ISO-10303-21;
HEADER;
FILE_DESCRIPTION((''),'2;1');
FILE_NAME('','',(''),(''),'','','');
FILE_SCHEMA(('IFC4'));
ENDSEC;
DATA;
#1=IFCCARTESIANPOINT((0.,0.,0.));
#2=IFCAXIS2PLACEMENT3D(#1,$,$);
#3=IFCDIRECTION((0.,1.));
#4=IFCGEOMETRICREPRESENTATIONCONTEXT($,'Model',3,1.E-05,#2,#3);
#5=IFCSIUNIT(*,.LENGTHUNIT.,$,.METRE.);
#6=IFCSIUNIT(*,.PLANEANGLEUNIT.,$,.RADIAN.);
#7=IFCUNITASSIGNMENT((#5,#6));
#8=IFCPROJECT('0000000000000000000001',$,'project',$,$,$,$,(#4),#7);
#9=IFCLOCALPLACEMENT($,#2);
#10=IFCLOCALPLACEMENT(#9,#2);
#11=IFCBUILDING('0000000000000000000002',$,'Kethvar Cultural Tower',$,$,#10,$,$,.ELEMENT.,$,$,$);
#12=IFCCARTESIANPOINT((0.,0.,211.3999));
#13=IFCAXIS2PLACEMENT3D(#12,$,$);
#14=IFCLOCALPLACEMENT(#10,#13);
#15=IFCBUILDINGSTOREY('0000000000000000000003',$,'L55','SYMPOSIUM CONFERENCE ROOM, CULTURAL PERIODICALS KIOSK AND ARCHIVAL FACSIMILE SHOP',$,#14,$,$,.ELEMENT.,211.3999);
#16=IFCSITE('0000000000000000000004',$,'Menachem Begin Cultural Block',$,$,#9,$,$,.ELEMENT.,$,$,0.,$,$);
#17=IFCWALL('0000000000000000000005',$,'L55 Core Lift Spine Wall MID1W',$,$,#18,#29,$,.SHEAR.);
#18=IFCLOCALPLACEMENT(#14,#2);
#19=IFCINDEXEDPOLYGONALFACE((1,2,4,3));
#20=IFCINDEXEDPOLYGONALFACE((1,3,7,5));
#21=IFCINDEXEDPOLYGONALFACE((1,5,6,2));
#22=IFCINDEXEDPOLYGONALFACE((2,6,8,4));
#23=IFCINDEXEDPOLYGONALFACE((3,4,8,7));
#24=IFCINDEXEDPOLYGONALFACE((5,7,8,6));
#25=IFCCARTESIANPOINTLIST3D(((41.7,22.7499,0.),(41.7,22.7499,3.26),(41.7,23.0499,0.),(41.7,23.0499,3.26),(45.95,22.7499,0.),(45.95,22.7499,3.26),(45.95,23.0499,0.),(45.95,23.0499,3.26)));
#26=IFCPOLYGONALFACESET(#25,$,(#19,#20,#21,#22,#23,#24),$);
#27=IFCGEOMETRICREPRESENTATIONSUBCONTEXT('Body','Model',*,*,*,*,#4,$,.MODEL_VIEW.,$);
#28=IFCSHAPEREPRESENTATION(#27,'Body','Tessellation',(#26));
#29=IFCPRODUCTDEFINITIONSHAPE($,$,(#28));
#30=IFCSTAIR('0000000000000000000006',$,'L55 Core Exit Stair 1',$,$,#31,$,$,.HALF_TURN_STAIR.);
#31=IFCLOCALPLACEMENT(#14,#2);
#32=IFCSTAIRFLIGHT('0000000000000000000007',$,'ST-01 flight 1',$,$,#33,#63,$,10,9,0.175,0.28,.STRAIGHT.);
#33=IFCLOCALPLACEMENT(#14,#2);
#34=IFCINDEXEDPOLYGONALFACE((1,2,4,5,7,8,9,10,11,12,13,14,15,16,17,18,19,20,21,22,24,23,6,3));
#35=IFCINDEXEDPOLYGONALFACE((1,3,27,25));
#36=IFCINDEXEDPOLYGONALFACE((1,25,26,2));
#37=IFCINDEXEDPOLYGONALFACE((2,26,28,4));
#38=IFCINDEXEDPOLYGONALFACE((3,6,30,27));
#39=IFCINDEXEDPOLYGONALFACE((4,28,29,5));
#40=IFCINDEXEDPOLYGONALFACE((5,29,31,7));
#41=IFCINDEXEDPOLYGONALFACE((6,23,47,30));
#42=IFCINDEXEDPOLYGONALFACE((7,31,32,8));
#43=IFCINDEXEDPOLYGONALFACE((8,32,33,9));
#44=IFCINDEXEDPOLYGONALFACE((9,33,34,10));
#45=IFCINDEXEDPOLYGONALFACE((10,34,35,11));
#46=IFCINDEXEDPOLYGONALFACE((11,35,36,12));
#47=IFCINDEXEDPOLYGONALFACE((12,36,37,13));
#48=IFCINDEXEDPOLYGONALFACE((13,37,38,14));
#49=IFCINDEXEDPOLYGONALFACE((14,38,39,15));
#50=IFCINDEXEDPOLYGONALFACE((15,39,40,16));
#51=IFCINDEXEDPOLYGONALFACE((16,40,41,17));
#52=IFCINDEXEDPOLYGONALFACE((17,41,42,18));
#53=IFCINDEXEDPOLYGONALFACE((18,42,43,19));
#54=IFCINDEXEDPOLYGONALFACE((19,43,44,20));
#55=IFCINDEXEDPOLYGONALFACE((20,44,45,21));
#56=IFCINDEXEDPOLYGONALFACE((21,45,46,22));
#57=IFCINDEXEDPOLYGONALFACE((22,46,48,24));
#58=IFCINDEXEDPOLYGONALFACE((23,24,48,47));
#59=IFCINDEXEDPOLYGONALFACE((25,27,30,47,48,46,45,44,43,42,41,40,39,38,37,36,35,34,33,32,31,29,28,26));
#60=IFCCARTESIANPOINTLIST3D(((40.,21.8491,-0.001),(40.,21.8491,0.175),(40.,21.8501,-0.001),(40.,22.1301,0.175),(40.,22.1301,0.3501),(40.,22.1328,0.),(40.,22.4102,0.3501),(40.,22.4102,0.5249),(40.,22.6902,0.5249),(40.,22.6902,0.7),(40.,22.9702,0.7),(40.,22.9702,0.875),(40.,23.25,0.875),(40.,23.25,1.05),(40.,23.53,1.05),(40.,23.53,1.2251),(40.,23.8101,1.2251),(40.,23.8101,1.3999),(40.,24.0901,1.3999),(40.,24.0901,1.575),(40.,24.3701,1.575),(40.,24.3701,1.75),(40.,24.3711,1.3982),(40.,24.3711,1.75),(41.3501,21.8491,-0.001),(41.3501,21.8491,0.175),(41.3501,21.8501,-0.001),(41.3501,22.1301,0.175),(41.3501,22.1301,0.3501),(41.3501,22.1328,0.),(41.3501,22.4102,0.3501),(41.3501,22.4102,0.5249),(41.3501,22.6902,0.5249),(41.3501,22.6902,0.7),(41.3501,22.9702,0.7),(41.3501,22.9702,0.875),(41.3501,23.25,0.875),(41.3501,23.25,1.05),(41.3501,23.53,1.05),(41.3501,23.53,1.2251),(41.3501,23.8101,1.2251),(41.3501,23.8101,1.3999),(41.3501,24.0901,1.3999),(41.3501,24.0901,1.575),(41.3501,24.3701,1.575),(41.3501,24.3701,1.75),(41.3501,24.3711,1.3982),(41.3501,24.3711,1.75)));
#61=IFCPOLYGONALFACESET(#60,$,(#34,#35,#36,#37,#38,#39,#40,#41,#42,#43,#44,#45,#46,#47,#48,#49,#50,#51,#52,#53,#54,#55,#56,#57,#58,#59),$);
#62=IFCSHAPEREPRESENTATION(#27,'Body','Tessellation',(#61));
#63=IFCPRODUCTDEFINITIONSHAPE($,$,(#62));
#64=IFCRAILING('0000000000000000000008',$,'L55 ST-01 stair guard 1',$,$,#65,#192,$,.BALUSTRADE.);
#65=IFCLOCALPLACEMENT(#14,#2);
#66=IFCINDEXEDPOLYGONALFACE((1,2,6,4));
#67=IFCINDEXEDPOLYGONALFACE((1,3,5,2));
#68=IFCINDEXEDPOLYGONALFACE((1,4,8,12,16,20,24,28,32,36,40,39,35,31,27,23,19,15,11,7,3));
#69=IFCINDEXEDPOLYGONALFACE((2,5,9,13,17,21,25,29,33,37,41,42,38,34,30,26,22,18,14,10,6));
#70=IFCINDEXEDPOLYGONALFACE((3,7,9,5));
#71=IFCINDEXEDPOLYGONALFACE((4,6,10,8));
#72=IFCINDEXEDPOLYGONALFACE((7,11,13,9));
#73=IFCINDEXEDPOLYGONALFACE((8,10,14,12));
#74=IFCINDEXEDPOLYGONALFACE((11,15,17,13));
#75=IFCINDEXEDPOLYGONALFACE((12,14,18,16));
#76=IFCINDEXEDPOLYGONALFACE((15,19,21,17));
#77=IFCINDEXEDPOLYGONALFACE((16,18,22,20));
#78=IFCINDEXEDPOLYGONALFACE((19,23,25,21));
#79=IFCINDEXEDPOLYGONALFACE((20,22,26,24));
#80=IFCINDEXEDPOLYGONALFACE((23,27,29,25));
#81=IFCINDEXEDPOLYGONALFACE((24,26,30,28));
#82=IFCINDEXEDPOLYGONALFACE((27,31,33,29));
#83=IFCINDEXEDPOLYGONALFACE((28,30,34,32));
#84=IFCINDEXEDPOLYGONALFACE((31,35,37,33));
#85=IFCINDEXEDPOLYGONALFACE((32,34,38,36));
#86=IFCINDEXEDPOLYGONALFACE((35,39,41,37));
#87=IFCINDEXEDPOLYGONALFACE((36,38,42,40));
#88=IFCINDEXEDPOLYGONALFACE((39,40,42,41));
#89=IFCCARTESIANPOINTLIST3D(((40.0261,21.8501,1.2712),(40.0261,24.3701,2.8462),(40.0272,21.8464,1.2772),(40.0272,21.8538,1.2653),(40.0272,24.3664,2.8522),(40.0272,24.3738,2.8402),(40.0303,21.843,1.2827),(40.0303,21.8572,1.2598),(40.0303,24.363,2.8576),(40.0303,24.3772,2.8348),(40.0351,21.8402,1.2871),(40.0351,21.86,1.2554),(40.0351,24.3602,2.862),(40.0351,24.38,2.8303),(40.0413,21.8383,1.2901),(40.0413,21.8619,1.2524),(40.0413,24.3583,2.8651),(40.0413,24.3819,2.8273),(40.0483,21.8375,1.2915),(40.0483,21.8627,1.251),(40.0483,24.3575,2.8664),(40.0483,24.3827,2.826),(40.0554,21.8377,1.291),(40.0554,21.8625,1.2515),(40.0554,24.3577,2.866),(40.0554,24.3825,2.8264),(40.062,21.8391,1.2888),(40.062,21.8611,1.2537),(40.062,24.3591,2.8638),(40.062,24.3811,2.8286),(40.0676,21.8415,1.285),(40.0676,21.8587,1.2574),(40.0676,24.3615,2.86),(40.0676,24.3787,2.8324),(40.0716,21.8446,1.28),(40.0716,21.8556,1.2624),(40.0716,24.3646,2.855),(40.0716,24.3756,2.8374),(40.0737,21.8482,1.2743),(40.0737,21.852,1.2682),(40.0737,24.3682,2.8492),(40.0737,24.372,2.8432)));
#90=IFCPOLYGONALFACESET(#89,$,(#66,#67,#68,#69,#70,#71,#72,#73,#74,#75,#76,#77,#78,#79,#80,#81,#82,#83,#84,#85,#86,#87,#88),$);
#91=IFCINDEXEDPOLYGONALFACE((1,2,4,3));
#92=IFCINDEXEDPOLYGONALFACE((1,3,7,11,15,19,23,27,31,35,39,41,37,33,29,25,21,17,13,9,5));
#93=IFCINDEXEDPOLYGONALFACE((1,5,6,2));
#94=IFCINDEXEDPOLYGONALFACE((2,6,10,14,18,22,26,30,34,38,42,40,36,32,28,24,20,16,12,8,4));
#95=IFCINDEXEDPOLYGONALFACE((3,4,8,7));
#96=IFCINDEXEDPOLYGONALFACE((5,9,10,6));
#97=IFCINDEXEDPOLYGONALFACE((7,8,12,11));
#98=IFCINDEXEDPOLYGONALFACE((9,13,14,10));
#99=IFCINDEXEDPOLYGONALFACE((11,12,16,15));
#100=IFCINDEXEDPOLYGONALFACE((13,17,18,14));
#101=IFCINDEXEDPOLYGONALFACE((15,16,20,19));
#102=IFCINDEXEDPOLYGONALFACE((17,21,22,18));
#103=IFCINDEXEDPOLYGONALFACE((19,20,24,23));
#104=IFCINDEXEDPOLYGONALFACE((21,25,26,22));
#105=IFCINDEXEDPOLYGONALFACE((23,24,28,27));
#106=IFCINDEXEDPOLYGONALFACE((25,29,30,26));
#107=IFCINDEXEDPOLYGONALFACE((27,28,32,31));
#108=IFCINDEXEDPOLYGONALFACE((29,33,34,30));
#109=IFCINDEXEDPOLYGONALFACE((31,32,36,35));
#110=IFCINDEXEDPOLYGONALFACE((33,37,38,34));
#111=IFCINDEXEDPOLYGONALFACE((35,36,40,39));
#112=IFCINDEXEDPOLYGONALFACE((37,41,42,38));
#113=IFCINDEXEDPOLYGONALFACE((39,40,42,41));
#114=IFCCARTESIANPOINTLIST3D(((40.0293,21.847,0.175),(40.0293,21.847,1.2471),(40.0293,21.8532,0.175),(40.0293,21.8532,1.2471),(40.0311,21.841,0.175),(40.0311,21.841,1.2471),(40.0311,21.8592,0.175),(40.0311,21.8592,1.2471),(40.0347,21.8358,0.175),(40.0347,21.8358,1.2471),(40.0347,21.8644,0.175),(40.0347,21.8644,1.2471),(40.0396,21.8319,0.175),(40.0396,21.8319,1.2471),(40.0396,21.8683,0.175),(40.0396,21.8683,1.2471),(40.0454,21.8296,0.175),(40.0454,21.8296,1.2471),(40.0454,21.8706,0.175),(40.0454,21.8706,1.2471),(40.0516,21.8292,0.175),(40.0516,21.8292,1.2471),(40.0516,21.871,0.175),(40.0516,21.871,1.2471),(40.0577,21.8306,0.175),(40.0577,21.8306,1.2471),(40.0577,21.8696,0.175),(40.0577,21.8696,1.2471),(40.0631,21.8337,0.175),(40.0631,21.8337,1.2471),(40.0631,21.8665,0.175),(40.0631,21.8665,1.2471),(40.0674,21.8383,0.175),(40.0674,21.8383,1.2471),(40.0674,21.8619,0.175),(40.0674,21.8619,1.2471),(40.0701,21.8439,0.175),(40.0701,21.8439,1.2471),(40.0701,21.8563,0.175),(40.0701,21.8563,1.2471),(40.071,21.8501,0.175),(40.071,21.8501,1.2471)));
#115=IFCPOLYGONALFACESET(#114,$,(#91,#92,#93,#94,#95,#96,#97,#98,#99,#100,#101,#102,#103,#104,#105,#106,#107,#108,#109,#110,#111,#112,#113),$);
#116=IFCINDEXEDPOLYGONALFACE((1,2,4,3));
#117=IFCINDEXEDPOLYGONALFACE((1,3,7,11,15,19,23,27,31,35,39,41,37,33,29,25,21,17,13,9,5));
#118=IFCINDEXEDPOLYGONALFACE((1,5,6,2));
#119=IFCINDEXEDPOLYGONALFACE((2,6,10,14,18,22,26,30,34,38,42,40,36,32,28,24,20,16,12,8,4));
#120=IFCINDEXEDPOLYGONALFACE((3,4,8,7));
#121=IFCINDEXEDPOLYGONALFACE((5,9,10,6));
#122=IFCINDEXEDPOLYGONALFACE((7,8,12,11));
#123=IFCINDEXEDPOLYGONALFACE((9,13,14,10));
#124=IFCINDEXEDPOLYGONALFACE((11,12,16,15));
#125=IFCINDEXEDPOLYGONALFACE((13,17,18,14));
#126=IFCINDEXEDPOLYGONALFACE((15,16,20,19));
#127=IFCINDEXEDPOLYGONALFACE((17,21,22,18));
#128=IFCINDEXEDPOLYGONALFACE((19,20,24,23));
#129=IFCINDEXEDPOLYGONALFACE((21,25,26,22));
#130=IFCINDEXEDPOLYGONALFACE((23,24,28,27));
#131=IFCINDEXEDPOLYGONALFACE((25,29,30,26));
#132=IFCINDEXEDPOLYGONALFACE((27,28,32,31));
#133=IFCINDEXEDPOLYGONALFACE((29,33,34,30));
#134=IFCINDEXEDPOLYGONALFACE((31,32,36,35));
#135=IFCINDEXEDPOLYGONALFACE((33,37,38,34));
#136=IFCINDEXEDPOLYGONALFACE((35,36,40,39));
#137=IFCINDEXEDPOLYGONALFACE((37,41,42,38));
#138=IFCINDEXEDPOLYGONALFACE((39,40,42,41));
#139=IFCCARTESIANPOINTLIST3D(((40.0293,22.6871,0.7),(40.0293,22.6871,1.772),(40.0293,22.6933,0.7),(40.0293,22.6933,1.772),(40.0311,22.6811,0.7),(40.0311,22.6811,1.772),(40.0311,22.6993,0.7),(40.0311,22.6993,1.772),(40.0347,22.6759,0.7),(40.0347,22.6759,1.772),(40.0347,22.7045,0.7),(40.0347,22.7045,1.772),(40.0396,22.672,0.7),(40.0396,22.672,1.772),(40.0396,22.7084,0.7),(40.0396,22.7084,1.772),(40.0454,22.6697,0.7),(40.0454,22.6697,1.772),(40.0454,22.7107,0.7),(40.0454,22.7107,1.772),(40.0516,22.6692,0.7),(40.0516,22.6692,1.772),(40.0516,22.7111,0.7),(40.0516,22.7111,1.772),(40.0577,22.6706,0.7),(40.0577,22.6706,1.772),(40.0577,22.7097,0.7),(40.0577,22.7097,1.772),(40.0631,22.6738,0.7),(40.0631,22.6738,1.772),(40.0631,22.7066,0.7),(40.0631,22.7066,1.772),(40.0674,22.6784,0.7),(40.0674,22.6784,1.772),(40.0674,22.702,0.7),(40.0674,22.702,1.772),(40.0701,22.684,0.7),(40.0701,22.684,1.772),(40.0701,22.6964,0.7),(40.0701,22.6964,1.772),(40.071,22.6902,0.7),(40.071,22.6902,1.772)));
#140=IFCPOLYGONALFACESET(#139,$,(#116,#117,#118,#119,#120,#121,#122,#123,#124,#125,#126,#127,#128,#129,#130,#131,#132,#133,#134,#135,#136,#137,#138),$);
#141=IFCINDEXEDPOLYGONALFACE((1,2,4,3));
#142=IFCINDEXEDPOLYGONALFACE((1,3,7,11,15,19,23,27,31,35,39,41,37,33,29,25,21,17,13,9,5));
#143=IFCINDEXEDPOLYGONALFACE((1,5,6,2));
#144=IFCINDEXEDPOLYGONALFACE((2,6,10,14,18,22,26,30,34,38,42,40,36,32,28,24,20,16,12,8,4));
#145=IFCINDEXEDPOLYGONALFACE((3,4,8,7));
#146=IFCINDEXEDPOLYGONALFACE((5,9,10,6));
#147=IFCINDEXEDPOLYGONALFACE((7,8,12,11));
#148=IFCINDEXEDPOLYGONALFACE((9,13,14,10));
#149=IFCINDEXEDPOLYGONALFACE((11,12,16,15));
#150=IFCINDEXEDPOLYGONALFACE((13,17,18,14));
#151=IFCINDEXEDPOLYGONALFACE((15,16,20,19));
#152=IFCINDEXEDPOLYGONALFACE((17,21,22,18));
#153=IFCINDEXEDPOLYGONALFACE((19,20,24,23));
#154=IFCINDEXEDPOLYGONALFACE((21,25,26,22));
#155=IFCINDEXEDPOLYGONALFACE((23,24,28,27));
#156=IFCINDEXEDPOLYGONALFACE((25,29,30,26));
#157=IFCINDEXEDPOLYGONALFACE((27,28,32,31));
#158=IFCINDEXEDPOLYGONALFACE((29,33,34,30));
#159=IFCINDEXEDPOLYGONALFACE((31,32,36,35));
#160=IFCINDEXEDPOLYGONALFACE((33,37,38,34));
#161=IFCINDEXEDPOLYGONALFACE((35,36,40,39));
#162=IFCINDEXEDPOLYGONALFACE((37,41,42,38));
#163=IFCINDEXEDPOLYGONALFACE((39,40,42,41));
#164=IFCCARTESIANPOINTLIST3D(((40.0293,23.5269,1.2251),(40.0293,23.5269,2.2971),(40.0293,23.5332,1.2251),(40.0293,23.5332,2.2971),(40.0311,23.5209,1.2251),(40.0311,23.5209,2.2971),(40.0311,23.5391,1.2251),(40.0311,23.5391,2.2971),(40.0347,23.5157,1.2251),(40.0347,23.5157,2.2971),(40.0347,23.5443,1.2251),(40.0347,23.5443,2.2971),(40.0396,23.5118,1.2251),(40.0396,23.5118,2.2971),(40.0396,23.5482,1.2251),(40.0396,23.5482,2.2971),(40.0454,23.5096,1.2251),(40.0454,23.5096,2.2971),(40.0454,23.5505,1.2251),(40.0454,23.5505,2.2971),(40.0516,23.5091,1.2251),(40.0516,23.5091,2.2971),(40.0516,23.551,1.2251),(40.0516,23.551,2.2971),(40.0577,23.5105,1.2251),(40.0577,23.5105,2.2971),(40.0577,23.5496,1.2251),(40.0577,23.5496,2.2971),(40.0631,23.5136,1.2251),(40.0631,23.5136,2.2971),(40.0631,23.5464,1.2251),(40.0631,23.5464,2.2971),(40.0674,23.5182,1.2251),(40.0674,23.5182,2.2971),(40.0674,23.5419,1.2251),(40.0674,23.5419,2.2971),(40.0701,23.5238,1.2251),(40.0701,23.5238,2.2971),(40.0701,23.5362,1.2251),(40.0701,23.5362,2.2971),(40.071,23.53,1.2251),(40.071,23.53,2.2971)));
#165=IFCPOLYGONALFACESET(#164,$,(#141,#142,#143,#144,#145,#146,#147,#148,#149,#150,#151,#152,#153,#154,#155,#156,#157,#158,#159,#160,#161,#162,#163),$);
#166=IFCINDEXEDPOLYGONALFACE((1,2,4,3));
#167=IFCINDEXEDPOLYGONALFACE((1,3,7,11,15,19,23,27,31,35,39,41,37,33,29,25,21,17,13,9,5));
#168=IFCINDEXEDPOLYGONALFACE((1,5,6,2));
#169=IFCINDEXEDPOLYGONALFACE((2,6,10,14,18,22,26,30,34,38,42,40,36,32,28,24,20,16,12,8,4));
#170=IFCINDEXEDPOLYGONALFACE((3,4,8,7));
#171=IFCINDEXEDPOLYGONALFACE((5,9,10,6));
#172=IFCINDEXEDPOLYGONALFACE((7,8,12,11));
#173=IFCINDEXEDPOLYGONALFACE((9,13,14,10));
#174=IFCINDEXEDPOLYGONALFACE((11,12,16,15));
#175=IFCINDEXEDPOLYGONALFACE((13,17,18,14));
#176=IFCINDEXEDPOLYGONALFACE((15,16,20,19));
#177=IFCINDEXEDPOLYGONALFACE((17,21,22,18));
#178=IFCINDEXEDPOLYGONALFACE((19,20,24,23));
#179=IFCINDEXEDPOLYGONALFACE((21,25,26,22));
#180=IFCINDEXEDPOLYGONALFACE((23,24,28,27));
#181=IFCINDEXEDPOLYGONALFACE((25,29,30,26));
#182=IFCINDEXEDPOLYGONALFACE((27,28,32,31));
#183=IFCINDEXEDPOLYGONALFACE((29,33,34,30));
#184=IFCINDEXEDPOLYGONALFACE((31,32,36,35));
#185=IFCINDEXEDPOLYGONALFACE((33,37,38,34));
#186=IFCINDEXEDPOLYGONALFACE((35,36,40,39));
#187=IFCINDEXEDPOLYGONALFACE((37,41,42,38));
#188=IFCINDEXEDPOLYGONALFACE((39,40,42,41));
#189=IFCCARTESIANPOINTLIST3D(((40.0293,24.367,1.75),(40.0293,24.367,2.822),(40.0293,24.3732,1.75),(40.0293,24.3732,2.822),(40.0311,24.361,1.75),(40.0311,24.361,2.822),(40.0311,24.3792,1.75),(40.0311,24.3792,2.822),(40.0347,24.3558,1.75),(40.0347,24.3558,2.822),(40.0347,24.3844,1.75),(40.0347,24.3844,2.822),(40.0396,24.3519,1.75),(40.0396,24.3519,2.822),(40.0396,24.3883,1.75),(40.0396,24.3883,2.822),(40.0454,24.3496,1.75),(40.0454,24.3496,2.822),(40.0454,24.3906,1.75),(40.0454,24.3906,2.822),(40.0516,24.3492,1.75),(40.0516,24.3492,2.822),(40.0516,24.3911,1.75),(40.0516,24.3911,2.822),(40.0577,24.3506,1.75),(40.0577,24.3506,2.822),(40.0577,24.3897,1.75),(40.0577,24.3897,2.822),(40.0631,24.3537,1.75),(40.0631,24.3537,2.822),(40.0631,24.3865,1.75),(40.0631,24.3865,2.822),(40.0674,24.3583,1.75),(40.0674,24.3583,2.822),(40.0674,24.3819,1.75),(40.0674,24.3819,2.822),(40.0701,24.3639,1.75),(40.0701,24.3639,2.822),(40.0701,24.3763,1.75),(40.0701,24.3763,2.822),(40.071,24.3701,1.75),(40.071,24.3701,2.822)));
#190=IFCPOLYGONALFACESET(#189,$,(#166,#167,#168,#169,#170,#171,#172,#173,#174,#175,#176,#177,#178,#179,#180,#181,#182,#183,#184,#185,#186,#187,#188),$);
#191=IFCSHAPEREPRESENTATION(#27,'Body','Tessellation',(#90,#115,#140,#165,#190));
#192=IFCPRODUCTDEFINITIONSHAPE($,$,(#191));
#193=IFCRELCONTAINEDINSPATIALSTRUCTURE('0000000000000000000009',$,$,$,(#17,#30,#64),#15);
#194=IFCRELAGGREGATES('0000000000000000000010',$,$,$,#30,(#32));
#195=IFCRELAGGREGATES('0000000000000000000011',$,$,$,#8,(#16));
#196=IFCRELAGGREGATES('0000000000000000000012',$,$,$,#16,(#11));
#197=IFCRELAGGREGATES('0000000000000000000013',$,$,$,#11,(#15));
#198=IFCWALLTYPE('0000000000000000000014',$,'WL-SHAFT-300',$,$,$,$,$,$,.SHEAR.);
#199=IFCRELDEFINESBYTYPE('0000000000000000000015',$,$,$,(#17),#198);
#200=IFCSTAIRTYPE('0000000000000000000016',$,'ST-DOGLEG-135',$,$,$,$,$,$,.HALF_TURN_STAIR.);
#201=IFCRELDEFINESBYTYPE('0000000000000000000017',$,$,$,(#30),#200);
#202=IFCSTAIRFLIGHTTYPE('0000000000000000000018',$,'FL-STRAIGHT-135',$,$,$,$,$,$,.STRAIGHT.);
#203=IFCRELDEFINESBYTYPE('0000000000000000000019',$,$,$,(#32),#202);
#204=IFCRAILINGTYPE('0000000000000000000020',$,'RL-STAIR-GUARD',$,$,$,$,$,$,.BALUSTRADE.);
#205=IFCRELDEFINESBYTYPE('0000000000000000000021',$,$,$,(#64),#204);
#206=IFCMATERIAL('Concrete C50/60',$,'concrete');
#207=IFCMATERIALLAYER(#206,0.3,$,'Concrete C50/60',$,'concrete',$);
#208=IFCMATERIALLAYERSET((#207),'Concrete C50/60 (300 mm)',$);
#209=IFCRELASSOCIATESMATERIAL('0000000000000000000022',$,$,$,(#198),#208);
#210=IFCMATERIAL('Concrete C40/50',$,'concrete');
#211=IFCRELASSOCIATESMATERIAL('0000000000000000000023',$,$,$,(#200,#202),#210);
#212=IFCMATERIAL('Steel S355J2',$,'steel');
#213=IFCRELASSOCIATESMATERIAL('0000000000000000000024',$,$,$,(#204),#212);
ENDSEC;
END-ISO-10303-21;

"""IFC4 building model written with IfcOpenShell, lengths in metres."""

from ifc_helpers import new_model, si_unit, direction, frame, frame_2d, origin, origin_2d, place, context, subcontext, project, spatial, polyline, rectangle, circle, outline, extrude, material, layer, layer_set, type_object, element, aggregate, save


model = new_model("IFC4")

# Units and contexts
model_context = context("Model", 3, precision=1e-05, world=origin(), true_north=direction((0.0, 1.0)))
body_context = subcontext(model_context, "Body", "Model", "MODEL_VIEW")
ifc_project = project(units=[si_unit("LENGTHUNIT", "METRE"), si_unit("PLANEANGLEUNIT", "RADIAN")], contexts=[model_context])

# Site, building, storey
site_placement = place(None, origin())
site = spatial("IfcSite", under=ifc_project, at=site_placement, Name="Menachem Begin Cultural Block", CompositionType="ELEMENT", RefElevation=0.0)
building_placement = place(site_placement, origin())
building = spatial("IfcBuilding", under=site, at=building_placement, Name="Kethvar Cultural Tower", CompositionType="ELEMENT")
storey_placement = place(building_placement, frame((0.0, 0.0, 211.3999)))
storey = spatial("IfcBuildingStorey", under=building, at=storey_placement, Name="L55", Description="SYMPOSIUM CONFERENCE ROOM, CULTURAL PERIODICALS KIOSK AND ARCHIVAL FACSIMILE SHOP", CompositionType="ELEMENT", Elevation=211.3999)

# Shared definitions
ifc_material_1 = material(Name="Steel S355J2", Category="steel")

# Wall
ifc_material_2 = material(Name="Concrete C50/60", Category="concrete")
ifc_layer_1 = layer(ifc_material_2, 0.3, Name="Concrete C50/60", Category="concrete")
ifc_layer_set_1 = layer_set([ifc_layer_1], Name="Concrete C50/60 (300 mm)")
wall_type_1 = type_object("IfcWallType", Name="WL-SHAFT-300", PredefinedType="SHEAR", material=ifc_layer_set_1)
wall_1_placement = place(storey_placement, frame((41.7, 22.8999, 0.0), z_axis=(0.0, 0.0, 1.0), x_axis=(1.0, 0.0, 0.0)))
element("IfcWall", 1, at=wall_1_placement, inside=storey, type_object=wall_type_1, Name="L55 Core Lift Spine Wall MID1W", PredefinedType="SHEAR", context=body_context, shape_type="SweptSolid", body=[
    extrude(rectangle(XDim=4.25, YDim=0.3, at=frame_2d((2.125, 0.0))), origin(), (0.0, 0.0, 1.0), 3.26),
])

# Stair, stair flight
ifc_material_3 = material(Name="Concrete C40/50", Category="concrete")
stair_type = type_object("IfcStairType", Name="ST-DOGLEG-135", PredefinedType="HALF_TURN_STAIR", material=ifc_material_3)
stair_placement = place(storey_placement, origin())
stair = element("IfcStair", 2, at=stair_placement, inside=storey, type_object=stair_type, Name="L55 Core Exit Stair 1", PredefinedType="HALF_TURN_STAIR")
stair_flight_type = type_object("IfcStairFlightType", Name="FL-STRAIGHT-135", PredefinedType="STRAIGHT", material=ifc_material_3)
stair_flight_placement = place(storey_placement, frame((40.675, 21.8501, 0.0), z_axis=(0.0, 0.0, 1.0), x_axis=(0.0, 1.0, 0.0)))
stair_flight = element("IfcStairFlight", 3, at=stair_flight_placement, type_object=stair_flight_type, Name="ST-01 flight 1", NumberOfRisers=10, NumberOfTreads=9, PredefinedType="STRAIGHT", RiserHeight=0.175, TreadLength=0.28, context=body_context, shape_type="SweptSolid", body=[
    extrude(outline(polyline([(-0.001, -0.001), (-0.001, 0.175), (0.28, 0.175), (0.28, 0.3501), (0.5601, 0.3501), (0.5601, 0.5249), (0.8401, 0.5249), (0.8401, 0.7), (1.1201, 0.7), (1.1201, 0.875), (1.3999, 0.875), (1.3999, 1.05), (1.6799, 1.05), (1.6799, 1.2251), (1.96, 1.2251), (1.96, 1.3999), (2.24, 1.3999), (2.24, 1.575), (2.52, 1.575), (2.52, 1.75), (2.521, 1.75), (2.521, 1.3982), (0.2827, 0.0), (0.0, -0.001), (-0.001, -0.001)])), frame((0.0, 0.675, 0.0), z_axis=(0.0, -1.0, 0.0), x_axis=(1.0, 0.0, 0.0)), (0.0, 0.0, 1.0), 1.3501),
])
aggregate(stair, [stair_flight])

# Railing
railing_type_1 = type_object("IfcRailingType", Name="RL-STAIR-GUARD", PredefinedType="BALUSTRADE", material=ifc_material_1)
railing_1_placement = place(storey_placement, frame((40.05, 21.8501, 0.175)))
element("IfcRailing", 4, at=railing_1_placement, inside=storey, type_object=railing_type_1, Name="L55 ST-01 stair guard 1", PredefinedType="BALUSTRADE", context=body_context, shape_type="SweptSolid", body=[
    extrude(circle(Radius=0.0239, at=origin_2d()), frame((0.0, 0.0, 1.0962), z_axis=(0.0, 0.848008, 0.529984), x_axis=(-1.0, 0.0, 0.0)), (0.0, 0.0, 1.0), 2.9717),
    extrude(circle(Radius=0.021, at=origin_2d()), origin(), (0.0, 0.0, 1.0), 1.072),
    extrude(circle(Radius=0.021, at=origin_2d()), frame((0.0, 0.8401, 0.5249)), (0.0, 0.0, 1.0), 1.072),
    extrude(circle(Radius=0.021, at=origin_2d()), frame((0.0, 1.6799, 1.05)), (0.0, 0.0, 1.0), 1.072),
    extrude(circle(Radius=0.021, at=origin_2d()), frame((0.0, 2.52, 1.575)), (0.0, 0.0, 1.0), 1.072),
])

save(model, "model.ifc")
